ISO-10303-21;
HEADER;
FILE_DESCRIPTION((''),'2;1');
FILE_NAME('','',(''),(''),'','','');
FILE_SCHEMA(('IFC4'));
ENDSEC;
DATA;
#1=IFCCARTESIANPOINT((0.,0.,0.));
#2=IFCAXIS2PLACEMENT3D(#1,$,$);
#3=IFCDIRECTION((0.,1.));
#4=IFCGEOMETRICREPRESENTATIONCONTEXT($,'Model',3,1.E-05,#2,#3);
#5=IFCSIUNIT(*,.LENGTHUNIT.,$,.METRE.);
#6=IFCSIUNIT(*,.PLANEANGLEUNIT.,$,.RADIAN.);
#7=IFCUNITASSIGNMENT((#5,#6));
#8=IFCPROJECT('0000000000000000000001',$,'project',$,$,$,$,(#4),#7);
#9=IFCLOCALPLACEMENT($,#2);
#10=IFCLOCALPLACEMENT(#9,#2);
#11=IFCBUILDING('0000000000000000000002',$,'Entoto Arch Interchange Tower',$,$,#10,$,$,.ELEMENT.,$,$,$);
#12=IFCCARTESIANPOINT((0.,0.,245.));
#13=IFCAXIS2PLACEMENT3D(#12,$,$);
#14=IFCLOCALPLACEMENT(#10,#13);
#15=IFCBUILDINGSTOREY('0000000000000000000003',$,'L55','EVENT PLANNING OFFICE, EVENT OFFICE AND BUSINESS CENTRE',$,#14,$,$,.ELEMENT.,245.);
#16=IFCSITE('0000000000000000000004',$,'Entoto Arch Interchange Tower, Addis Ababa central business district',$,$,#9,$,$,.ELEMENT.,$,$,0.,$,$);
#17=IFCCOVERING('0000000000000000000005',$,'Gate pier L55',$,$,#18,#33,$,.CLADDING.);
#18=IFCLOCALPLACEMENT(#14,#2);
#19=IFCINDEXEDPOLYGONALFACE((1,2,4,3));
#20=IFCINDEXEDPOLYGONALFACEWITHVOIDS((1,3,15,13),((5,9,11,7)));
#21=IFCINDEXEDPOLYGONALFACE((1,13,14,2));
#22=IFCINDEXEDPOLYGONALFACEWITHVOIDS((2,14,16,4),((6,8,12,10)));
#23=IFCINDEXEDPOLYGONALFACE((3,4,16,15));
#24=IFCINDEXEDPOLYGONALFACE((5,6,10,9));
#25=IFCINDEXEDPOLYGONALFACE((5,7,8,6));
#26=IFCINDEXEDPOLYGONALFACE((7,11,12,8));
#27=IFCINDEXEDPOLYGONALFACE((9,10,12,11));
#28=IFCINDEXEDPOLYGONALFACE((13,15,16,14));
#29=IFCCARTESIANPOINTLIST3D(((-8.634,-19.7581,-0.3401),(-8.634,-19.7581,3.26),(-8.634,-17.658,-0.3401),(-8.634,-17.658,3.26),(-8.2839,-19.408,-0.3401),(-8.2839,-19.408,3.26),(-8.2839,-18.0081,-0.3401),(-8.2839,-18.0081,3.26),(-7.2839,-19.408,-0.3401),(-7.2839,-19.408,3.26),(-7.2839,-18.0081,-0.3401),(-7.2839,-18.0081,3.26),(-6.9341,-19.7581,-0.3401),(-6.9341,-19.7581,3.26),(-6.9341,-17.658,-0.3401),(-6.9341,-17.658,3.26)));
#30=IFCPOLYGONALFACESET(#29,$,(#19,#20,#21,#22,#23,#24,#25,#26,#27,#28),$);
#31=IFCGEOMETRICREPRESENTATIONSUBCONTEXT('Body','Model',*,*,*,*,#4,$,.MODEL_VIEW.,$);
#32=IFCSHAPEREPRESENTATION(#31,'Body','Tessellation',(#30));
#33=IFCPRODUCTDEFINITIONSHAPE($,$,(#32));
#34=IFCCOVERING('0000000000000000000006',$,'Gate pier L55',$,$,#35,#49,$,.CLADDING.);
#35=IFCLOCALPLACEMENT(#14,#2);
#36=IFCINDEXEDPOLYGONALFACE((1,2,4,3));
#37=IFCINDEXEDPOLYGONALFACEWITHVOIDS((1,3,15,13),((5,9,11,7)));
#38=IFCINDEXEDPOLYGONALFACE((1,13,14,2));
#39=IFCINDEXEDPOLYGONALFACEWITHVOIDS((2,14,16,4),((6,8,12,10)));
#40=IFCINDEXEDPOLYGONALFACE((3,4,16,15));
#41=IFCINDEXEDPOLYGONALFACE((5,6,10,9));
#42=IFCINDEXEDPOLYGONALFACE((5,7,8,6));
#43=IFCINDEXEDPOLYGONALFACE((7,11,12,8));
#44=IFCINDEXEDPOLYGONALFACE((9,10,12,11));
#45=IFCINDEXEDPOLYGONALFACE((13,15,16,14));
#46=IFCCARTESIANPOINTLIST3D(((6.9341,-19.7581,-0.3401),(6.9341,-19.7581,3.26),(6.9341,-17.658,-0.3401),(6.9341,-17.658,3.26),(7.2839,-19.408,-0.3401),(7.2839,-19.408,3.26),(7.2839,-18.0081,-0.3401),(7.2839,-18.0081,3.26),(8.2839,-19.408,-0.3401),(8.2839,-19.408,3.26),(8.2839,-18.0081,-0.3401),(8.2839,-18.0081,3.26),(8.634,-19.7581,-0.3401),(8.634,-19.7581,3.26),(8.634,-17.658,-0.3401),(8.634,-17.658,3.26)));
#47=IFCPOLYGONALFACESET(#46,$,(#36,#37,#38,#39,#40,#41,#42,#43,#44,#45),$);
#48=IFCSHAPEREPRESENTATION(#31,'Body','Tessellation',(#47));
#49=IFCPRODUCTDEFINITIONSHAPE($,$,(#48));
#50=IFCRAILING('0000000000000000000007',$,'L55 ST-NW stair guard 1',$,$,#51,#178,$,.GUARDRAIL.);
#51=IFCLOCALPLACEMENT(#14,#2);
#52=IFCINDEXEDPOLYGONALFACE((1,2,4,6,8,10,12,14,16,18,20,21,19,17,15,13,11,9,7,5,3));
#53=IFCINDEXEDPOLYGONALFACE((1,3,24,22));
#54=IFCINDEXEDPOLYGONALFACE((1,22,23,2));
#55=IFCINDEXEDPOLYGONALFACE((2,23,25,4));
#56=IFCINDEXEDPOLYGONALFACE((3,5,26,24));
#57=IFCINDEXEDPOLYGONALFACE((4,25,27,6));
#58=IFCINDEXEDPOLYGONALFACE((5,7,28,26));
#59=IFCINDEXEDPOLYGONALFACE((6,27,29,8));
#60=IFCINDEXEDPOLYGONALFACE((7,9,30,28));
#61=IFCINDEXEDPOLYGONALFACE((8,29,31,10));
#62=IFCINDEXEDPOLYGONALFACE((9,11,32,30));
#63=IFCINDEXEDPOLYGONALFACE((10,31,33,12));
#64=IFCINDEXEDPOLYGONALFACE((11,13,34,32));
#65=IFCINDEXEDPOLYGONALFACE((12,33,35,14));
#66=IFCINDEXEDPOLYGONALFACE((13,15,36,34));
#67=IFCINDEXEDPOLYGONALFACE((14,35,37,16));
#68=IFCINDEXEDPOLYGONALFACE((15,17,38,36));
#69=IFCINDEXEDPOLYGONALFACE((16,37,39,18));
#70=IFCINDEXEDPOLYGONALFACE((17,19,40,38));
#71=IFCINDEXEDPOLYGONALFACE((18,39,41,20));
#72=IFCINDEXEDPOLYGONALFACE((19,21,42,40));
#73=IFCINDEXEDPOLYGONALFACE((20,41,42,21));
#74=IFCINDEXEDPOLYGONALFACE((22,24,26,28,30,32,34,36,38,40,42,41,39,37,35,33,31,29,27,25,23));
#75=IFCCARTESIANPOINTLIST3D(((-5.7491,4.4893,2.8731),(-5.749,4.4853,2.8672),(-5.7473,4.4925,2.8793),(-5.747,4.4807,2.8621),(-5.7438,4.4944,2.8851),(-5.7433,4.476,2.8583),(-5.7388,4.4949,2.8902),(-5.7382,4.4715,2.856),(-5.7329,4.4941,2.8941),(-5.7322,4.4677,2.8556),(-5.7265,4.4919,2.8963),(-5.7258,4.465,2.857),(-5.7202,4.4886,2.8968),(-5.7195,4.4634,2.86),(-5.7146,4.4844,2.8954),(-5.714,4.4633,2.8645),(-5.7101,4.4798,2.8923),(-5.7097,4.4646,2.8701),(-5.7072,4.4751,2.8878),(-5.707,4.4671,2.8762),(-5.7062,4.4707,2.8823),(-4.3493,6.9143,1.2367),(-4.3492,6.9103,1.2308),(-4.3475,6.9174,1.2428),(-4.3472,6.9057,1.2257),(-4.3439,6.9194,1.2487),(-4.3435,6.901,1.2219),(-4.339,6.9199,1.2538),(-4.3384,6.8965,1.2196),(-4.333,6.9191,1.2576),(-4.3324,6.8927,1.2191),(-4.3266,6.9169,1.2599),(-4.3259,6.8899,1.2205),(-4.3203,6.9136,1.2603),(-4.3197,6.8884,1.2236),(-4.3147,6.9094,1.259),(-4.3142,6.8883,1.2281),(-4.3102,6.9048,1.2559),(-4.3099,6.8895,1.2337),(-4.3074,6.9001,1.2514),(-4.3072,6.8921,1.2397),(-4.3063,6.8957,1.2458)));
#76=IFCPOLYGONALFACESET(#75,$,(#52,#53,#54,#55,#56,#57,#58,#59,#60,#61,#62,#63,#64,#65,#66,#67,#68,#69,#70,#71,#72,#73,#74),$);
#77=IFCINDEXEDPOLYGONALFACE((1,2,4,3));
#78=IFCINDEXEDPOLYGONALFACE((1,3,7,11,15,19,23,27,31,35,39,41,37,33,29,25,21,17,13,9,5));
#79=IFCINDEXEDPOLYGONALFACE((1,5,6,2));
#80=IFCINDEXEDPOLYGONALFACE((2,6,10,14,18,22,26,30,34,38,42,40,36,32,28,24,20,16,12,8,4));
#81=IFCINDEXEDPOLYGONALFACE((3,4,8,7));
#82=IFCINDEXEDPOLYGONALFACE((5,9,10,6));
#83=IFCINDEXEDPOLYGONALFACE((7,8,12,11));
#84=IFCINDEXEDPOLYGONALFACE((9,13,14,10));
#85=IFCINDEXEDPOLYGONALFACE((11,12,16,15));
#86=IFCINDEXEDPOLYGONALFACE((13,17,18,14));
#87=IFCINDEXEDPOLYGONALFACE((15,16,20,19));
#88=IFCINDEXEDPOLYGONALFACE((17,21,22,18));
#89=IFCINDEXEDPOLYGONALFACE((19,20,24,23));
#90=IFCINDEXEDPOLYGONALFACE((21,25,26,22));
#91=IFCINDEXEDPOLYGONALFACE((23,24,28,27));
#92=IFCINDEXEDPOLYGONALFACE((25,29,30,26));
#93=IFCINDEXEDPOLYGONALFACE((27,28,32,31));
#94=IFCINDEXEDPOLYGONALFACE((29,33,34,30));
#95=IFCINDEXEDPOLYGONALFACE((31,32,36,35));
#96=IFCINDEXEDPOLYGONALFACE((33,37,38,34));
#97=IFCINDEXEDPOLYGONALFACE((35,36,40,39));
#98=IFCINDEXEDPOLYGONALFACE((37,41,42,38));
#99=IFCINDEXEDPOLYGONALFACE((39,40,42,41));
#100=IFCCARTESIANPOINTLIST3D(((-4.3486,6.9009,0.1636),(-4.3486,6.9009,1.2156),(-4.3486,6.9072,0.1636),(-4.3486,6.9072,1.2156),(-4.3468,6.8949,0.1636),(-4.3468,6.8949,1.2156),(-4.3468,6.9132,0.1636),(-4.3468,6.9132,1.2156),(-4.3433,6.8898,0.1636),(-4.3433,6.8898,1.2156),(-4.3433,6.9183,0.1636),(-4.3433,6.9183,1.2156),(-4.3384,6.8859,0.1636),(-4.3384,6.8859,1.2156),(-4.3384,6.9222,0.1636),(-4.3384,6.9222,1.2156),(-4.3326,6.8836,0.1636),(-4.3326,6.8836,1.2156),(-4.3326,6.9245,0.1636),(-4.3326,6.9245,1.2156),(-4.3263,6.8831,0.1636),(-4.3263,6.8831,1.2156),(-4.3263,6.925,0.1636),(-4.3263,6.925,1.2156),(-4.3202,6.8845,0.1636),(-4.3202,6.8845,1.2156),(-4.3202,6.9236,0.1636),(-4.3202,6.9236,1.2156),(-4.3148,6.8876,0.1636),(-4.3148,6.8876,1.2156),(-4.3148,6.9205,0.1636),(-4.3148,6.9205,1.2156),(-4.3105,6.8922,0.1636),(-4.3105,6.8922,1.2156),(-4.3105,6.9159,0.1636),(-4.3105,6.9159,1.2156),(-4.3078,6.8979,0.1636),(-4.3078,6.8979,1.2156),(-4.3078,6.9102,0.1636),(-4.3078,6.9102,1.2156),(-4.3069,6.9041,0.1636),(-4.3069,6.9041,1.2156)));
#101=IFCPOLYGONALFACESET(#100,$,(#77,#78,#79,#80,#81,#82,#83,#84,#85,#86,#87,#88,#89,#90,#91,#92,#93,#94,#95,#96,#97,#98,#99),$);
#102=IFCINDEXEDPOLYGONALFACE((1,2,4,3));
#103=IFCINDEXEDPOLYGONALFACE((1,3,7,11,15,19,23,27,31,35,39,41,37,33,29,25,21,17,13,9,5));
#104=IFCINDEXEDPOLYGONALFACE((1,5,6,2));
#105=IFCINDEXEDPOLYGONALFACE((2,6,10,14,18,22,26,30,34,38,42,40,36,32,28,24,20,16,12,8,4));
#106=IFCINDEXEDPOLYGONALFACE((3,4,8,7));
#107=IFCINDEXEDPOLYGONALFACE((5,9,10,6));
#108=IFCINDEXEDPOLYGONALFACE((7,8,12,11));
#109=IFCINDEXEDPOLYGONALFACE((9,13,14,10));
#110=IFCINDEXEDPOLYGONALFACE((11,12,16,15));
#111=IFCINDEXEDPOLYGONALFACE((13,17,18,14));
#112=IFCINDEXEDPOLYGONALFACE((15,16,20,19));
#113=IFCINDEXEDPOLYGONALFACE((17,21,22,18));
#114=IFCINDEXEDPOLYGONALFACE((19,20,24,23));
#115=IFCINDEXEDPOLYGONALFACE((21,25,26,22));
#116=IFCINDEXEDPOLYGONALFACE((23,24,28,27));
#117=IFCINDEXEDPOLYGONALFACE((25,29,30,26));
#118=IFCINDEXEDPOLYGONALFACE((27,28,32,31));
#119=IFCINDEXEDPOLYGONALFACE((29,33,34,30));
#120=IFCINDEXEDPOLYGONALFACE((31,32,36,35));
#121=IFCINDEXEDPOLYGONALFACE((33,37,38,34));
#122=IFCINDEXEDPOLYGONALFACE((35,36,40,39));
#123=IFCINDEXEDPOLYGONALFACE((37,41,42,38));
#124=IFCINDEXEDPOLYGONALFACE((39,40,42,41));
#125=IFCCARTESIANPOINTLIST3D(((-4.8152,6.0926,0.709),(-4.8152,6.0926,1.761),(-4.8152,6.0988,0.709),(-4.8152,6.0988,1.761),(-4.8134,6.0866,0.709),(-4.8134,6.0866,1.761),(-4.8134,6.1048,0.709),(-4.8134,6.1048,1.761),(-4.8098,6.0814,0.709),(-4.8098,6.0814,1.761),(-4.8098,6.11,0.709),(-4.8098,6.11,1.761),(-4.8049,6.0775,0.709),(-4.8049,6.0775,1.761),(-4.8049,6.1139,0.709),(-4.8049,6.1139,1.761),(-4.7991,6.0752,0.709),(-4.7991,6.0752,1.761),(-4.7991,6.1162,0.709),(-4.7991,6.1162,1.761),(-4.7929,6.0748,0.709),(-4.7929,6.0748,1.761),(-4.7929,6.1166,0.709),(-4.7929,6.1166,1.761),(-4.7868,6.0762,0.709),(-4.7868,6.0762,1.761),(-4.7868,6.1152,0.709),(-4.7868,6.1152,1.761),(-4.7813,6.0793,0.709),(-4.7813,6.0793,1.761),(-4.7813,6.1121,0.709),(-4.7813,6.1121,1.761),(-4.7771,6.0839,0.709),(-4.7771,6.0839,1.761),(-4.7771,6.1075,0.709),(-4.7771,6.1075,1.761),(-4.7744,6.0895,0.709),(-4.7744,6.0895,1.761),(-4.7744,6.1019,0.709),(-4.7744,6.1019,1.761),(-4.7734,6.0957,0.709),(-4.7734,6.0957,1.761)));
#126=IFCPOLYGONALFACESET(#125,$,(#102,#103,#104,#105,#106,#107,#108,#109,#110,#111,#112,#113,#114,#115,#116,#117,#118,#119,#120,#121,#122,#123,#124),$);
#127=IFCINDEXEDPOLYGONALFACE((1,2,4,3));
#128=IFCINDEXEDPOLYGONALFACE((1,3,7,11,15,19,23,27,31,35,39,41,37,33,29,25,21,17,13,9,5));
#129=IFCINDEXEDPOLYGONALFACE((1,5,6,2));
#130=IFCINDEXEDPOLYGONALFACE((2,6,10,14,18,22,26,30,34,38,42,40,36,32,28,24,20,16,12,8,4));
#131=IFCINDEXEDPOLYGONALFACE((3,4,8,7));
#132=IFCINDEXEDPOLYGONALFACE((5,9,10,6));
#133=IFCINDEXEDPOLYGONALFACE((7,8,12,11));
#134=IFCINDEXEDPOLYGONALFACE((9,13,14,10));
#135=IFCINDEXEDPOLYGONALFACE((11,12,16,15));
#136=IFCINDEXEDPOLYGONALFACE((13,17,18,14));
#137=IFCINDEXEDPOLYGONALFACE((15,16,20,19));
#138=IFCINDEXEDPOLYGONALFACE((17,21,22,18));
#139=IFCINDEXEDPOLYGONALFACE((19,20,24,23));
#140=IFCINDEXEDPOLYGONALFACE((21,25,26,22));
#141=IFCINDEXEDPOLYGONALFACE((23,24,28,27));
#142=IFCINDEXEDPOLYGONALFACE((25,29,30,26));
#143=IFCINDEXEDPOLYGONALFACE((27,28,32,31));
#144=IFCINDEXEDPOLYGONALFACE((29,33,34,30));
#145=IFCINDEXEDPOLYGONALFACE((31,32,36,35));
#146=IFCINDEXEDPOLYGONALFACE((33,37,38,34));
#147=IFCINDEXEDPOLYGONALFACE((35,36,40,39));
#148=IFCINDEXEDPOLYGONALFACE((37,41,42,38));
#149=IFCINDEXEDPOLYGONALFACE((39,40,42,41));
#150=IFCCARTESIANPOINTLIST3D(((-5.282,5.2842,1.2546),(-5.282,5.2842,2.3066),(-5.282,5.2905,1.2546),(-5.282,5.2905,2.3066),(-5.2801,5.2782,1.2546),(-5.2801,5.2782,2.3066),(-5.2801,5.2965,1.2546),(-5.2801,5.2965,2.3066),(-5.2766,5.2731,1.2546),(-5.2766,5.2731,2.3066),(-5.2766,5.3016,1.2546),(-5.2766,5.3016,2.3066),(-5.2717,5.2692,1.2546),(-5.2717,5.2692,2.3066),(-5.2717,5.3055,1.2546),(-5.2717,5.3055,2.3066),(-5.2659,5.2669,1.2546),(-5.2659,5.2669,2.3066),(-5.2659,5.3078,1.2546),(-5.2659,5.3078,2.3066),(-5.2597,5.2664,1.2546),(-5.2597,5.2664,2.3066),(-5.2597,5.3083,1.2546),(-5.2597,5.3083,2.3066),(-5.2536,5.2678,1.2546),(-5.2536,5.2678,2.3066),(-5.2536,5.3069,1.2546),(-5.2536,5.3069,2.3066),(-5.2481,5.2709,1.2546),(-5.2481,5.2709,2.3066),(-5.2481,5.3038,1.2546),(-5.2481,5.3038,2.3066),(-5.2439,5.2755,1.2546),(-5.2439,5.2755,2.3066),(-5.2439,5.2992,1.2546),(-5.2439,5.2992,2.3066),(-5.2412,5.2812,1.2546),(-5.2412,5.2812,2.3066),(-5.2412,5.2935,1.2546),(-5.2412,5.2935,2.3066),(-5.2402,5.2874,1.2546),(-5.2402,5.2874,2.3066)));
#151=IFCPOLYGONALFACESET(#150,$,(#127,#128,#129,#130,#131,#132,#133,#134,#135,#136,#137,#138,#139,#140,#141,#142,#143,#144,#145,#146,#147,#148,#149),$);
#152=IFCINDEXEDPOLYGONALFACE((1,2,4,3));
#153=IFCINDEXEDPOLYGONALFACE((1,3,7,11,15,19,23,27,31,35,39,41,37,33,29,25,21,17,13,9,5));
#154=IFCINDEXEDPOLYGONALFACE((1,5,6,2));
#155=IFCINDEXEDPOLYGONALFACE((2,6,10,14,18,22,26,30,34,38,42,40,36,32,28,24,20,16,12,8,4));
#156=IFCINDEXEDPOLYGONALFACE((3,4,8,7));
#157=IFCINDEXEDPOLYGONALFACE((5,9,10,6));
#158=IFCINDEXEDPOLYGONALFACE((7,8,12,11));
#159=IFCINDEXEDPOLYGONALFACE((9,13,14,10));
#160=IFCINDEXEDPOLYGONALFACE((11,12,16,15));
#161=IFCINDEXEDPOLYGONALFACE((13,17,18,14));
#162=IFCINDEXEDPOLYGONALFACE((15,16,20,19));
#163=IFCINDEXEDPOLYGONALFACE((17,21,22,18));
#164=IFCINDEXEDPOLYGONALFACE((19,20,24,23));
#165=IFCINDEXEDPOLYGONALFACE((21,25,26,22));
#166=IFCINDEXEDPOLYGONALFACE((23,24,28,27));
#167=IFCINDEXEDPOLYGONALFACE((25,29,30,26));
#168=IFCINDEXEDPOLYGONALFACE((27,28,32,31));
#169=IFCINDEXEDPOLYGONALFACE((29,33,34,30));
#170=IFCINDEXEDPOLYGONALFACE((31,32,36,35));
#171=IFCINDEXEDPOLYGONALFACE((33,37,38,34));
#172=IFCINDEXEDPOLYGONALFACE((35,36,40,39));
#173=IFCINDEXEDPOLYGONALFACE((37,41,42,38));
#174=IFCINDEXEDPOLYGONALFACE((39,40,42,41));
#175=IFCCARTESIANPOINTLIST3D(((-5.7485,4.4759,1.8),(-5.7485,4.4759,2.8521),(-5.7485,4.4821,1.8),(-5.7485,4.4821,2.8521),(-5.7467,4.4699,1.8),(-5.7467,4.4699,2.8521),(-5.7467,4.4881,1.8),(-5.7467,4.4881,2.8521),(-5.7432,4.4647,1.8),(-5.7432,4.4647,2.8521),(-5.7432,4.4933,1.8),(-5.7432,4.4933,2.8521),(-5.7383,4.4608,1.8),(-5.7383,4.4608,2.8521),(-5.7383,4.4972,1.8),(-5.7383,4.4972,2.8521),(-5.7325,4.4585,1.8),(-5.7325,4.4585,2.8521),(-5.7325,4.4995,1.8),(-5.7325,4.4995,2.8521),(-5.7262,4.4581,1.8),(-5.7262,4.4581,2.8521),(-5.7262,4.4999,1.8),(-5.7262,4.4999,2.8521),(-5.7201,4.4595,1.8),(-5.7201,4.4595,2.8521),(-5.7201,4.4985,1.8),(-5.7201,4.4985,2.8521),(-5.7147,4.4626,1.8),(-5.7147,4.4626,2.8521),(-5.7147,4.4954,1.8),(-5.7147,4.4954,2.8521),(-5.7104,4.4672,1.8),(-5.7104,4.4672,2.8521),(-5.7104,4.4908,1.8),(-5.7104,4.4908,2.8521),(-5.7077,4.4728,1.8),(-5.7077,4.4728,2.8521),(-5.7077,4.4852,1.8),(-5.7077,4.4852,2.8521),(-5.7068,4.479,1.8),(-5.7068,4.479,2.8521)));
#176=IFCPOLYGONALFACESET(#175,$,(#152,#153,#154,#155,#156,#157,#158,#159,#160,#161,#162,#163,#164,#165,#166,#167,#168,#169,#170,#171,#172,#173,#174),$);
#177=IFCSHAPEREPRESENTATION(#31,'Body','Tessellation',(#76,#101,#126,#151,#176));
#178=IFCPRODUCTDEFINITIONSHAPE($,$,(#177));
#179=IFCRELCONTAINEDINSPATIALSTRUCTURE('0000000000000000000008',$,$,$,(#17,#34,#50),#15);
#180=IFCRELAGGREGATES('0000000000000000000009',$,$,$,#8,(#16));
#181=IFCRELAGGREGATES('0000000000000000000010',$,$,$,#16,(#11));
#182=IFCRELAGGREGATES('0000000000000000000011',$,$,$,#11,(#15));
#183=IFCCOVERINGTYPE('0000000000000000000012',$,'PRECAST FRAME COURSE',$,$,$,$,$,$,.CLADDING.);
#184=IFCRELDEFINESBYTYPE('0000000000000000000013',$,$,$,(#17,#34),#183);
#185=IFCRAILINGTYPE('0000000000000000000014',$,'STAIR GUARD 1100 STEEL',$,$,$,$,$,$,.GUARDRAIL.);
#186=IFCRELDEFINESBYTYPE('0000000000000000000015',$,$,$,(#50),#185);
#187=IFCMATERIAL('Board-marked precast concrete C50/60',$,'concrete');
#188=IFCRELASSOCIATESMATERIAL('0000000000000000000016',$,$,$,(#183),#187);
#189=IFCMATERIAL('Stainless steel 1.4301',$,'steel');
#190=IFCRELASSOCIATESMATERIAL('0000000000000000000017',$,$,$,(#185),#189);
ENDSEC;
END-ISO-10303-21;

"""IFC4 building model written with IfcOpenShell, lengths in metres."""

from ifc_helpers import new_model, si_unit, direction, frame, origin, origin_2d, place, context, subcontext, project, spatial, polyline, circle, outline, extrude, material, type_object, element, save


model = new_model("IFC4")

# Units and contexts
model_context = context("Model", 3, precision=1e-05, world=origin(), true_north=direction((0.0, 1.0)))
body_context = subcontext(model_context, "Body", "Model", "MODEL_VIEW")
ifc_project = project(units=[si_unit("LENGTHUNIT", "METRE"), si_unit("PLANEANGLEUNIT", "RADIAN")], contexts=[model_context])

# Site, building, storey
site_placement = place(None, origin())
site = spatial("IfcSite", under=ifc_project, at=site_placement, Name="Entoto Arch Interchange Tower, Addis Ababa central business district", CompositionType="ELEMENT", RefElevation=0.0)
building_placement = place(site_placement, origin())
building = spatial("IfcBuilding", under=site, at=building_placement, Name="Entoto Arch Interchange Tower", CompositionType="ELEMENT")
storey_placement = place(building_placement, frame((0.0, 0.0, 245.0)))
storey = spatial("IfcBuildingStorey", under=building, at=storey_placement, Name="L55", Description="EVENT PLANNING OFFICE, EVENT OFFICE AND BUSINESS CENTRE", CompositionType="ELEMENT", Elevation=245.0)

# Coverings
ifc_material_1 = material(Name="Board-marked precast concrete C50/60", Category="concrete")
covering_type = type_object("IfcCoveringType", Name="PRECAST FRAME COURSE", PredefinedType="CLADDING", material=ifc_material_1)
covering_1_placement = place(storey_placement, frame((0.0, 0.0, -0.3401)))
element("IfcCovering", 1, at=covering_1_placement, inside=storey, type_object=covering_type, Name="Gate pier L55", PredefinedType="CLADDING", context=body_context, shape_type="SweptSolid", body=[
    extrude(outline(polyline([(-8.634, -17.658), (-6.9341, -17.658), (-6.9341, -19.7581), (-8.634, -19.7581), (-8.634, -17.658)]), holes=[polyline([(-8.2839, -18.0081), (-8.2839, -19.408), (-7.2839, -19.408), (-7.2839, -18.0081), (-8.2839, -18.0081)])]), origin(), (0.0, 0.0, 1.0), 3.6001),
])
covering_2_placement = place(storey_placement, frame((0.0, 0.0, -0.3401)))
element("IfcCovering", 2, at=covering_2_placement, inside=storey, type_object=covering_type, Name="Gate pier L55", PredefinedType="CLADDING", context=body_context, shape_type="SweptSolid", body=[
    extrude(outline(polyline([(6.9341, -17.658), (8.634, -17.658), (8.634, -19.7581), (6.9341, -19.7581), (6.9341, -17.658)]), holes=[polyline([(7.2839, -18.0081), (7.2839, -19.408), (8.2839, -19.408), (8.2839, -18.0081), (7.2839, -18.0081)])]), origin(), (0.0, 0.0, 1.0), 3.6001),
])

# Railing
ifc_material_2 = material(Name="Stainless steel 1.4301", Category="steel")
railing_type_1 = type_object("IfcRailingType", Name="STAIR GUARD 1100 STEEL", PredefinedType="GUARDRAIL", material=ifc_material_2)
railing_1_placement = place(storey_placement, frame((-4.3279, 6.9041, 0.1636)))
element("IfcRailing", 3, at=railing_1_placement, inside=storey, type_object=railing_type_1, Name="L55 ST-NW stair guard 1", PredefinedType="GUARDRAIL", context=body_context, shape_type="SweptSolid", body=[
    extrude(circle(Radius=0.0239, at=origin_2d()), frame((0.0, 0.0, 1.0762), z_axis=(-0.431636, -0.747723, 0.504579), x_axis=(0.866056, -0.499946, 0.0)), (0.0, 0.0, 1.0), 3.2432),
    extrude(circle(Radius=0.021, at=origin_2d()), origin(), (0.0, 0.0, 1.0), 1.052),
    extrude(circle(Radius=0.021, at=origin_2d()), frame((-0.4666, -0.8083, 0.5454)), (0.0, 0.0, 1.0), 1.052),
    extrude(circle(Radius=0.021, at=origin_2d()), frame((-0.9333, -1.6167, 1.0911)), (0.0, 0.0, 1.0), 1.052),
    extrude(circle(Radius=0.021, at=origin_2d()), frame((-1.3999, -2.425, 1.6365)), (0.0, 0.0, 1.0), 1.052),
])

save(model, "model.ifc")
